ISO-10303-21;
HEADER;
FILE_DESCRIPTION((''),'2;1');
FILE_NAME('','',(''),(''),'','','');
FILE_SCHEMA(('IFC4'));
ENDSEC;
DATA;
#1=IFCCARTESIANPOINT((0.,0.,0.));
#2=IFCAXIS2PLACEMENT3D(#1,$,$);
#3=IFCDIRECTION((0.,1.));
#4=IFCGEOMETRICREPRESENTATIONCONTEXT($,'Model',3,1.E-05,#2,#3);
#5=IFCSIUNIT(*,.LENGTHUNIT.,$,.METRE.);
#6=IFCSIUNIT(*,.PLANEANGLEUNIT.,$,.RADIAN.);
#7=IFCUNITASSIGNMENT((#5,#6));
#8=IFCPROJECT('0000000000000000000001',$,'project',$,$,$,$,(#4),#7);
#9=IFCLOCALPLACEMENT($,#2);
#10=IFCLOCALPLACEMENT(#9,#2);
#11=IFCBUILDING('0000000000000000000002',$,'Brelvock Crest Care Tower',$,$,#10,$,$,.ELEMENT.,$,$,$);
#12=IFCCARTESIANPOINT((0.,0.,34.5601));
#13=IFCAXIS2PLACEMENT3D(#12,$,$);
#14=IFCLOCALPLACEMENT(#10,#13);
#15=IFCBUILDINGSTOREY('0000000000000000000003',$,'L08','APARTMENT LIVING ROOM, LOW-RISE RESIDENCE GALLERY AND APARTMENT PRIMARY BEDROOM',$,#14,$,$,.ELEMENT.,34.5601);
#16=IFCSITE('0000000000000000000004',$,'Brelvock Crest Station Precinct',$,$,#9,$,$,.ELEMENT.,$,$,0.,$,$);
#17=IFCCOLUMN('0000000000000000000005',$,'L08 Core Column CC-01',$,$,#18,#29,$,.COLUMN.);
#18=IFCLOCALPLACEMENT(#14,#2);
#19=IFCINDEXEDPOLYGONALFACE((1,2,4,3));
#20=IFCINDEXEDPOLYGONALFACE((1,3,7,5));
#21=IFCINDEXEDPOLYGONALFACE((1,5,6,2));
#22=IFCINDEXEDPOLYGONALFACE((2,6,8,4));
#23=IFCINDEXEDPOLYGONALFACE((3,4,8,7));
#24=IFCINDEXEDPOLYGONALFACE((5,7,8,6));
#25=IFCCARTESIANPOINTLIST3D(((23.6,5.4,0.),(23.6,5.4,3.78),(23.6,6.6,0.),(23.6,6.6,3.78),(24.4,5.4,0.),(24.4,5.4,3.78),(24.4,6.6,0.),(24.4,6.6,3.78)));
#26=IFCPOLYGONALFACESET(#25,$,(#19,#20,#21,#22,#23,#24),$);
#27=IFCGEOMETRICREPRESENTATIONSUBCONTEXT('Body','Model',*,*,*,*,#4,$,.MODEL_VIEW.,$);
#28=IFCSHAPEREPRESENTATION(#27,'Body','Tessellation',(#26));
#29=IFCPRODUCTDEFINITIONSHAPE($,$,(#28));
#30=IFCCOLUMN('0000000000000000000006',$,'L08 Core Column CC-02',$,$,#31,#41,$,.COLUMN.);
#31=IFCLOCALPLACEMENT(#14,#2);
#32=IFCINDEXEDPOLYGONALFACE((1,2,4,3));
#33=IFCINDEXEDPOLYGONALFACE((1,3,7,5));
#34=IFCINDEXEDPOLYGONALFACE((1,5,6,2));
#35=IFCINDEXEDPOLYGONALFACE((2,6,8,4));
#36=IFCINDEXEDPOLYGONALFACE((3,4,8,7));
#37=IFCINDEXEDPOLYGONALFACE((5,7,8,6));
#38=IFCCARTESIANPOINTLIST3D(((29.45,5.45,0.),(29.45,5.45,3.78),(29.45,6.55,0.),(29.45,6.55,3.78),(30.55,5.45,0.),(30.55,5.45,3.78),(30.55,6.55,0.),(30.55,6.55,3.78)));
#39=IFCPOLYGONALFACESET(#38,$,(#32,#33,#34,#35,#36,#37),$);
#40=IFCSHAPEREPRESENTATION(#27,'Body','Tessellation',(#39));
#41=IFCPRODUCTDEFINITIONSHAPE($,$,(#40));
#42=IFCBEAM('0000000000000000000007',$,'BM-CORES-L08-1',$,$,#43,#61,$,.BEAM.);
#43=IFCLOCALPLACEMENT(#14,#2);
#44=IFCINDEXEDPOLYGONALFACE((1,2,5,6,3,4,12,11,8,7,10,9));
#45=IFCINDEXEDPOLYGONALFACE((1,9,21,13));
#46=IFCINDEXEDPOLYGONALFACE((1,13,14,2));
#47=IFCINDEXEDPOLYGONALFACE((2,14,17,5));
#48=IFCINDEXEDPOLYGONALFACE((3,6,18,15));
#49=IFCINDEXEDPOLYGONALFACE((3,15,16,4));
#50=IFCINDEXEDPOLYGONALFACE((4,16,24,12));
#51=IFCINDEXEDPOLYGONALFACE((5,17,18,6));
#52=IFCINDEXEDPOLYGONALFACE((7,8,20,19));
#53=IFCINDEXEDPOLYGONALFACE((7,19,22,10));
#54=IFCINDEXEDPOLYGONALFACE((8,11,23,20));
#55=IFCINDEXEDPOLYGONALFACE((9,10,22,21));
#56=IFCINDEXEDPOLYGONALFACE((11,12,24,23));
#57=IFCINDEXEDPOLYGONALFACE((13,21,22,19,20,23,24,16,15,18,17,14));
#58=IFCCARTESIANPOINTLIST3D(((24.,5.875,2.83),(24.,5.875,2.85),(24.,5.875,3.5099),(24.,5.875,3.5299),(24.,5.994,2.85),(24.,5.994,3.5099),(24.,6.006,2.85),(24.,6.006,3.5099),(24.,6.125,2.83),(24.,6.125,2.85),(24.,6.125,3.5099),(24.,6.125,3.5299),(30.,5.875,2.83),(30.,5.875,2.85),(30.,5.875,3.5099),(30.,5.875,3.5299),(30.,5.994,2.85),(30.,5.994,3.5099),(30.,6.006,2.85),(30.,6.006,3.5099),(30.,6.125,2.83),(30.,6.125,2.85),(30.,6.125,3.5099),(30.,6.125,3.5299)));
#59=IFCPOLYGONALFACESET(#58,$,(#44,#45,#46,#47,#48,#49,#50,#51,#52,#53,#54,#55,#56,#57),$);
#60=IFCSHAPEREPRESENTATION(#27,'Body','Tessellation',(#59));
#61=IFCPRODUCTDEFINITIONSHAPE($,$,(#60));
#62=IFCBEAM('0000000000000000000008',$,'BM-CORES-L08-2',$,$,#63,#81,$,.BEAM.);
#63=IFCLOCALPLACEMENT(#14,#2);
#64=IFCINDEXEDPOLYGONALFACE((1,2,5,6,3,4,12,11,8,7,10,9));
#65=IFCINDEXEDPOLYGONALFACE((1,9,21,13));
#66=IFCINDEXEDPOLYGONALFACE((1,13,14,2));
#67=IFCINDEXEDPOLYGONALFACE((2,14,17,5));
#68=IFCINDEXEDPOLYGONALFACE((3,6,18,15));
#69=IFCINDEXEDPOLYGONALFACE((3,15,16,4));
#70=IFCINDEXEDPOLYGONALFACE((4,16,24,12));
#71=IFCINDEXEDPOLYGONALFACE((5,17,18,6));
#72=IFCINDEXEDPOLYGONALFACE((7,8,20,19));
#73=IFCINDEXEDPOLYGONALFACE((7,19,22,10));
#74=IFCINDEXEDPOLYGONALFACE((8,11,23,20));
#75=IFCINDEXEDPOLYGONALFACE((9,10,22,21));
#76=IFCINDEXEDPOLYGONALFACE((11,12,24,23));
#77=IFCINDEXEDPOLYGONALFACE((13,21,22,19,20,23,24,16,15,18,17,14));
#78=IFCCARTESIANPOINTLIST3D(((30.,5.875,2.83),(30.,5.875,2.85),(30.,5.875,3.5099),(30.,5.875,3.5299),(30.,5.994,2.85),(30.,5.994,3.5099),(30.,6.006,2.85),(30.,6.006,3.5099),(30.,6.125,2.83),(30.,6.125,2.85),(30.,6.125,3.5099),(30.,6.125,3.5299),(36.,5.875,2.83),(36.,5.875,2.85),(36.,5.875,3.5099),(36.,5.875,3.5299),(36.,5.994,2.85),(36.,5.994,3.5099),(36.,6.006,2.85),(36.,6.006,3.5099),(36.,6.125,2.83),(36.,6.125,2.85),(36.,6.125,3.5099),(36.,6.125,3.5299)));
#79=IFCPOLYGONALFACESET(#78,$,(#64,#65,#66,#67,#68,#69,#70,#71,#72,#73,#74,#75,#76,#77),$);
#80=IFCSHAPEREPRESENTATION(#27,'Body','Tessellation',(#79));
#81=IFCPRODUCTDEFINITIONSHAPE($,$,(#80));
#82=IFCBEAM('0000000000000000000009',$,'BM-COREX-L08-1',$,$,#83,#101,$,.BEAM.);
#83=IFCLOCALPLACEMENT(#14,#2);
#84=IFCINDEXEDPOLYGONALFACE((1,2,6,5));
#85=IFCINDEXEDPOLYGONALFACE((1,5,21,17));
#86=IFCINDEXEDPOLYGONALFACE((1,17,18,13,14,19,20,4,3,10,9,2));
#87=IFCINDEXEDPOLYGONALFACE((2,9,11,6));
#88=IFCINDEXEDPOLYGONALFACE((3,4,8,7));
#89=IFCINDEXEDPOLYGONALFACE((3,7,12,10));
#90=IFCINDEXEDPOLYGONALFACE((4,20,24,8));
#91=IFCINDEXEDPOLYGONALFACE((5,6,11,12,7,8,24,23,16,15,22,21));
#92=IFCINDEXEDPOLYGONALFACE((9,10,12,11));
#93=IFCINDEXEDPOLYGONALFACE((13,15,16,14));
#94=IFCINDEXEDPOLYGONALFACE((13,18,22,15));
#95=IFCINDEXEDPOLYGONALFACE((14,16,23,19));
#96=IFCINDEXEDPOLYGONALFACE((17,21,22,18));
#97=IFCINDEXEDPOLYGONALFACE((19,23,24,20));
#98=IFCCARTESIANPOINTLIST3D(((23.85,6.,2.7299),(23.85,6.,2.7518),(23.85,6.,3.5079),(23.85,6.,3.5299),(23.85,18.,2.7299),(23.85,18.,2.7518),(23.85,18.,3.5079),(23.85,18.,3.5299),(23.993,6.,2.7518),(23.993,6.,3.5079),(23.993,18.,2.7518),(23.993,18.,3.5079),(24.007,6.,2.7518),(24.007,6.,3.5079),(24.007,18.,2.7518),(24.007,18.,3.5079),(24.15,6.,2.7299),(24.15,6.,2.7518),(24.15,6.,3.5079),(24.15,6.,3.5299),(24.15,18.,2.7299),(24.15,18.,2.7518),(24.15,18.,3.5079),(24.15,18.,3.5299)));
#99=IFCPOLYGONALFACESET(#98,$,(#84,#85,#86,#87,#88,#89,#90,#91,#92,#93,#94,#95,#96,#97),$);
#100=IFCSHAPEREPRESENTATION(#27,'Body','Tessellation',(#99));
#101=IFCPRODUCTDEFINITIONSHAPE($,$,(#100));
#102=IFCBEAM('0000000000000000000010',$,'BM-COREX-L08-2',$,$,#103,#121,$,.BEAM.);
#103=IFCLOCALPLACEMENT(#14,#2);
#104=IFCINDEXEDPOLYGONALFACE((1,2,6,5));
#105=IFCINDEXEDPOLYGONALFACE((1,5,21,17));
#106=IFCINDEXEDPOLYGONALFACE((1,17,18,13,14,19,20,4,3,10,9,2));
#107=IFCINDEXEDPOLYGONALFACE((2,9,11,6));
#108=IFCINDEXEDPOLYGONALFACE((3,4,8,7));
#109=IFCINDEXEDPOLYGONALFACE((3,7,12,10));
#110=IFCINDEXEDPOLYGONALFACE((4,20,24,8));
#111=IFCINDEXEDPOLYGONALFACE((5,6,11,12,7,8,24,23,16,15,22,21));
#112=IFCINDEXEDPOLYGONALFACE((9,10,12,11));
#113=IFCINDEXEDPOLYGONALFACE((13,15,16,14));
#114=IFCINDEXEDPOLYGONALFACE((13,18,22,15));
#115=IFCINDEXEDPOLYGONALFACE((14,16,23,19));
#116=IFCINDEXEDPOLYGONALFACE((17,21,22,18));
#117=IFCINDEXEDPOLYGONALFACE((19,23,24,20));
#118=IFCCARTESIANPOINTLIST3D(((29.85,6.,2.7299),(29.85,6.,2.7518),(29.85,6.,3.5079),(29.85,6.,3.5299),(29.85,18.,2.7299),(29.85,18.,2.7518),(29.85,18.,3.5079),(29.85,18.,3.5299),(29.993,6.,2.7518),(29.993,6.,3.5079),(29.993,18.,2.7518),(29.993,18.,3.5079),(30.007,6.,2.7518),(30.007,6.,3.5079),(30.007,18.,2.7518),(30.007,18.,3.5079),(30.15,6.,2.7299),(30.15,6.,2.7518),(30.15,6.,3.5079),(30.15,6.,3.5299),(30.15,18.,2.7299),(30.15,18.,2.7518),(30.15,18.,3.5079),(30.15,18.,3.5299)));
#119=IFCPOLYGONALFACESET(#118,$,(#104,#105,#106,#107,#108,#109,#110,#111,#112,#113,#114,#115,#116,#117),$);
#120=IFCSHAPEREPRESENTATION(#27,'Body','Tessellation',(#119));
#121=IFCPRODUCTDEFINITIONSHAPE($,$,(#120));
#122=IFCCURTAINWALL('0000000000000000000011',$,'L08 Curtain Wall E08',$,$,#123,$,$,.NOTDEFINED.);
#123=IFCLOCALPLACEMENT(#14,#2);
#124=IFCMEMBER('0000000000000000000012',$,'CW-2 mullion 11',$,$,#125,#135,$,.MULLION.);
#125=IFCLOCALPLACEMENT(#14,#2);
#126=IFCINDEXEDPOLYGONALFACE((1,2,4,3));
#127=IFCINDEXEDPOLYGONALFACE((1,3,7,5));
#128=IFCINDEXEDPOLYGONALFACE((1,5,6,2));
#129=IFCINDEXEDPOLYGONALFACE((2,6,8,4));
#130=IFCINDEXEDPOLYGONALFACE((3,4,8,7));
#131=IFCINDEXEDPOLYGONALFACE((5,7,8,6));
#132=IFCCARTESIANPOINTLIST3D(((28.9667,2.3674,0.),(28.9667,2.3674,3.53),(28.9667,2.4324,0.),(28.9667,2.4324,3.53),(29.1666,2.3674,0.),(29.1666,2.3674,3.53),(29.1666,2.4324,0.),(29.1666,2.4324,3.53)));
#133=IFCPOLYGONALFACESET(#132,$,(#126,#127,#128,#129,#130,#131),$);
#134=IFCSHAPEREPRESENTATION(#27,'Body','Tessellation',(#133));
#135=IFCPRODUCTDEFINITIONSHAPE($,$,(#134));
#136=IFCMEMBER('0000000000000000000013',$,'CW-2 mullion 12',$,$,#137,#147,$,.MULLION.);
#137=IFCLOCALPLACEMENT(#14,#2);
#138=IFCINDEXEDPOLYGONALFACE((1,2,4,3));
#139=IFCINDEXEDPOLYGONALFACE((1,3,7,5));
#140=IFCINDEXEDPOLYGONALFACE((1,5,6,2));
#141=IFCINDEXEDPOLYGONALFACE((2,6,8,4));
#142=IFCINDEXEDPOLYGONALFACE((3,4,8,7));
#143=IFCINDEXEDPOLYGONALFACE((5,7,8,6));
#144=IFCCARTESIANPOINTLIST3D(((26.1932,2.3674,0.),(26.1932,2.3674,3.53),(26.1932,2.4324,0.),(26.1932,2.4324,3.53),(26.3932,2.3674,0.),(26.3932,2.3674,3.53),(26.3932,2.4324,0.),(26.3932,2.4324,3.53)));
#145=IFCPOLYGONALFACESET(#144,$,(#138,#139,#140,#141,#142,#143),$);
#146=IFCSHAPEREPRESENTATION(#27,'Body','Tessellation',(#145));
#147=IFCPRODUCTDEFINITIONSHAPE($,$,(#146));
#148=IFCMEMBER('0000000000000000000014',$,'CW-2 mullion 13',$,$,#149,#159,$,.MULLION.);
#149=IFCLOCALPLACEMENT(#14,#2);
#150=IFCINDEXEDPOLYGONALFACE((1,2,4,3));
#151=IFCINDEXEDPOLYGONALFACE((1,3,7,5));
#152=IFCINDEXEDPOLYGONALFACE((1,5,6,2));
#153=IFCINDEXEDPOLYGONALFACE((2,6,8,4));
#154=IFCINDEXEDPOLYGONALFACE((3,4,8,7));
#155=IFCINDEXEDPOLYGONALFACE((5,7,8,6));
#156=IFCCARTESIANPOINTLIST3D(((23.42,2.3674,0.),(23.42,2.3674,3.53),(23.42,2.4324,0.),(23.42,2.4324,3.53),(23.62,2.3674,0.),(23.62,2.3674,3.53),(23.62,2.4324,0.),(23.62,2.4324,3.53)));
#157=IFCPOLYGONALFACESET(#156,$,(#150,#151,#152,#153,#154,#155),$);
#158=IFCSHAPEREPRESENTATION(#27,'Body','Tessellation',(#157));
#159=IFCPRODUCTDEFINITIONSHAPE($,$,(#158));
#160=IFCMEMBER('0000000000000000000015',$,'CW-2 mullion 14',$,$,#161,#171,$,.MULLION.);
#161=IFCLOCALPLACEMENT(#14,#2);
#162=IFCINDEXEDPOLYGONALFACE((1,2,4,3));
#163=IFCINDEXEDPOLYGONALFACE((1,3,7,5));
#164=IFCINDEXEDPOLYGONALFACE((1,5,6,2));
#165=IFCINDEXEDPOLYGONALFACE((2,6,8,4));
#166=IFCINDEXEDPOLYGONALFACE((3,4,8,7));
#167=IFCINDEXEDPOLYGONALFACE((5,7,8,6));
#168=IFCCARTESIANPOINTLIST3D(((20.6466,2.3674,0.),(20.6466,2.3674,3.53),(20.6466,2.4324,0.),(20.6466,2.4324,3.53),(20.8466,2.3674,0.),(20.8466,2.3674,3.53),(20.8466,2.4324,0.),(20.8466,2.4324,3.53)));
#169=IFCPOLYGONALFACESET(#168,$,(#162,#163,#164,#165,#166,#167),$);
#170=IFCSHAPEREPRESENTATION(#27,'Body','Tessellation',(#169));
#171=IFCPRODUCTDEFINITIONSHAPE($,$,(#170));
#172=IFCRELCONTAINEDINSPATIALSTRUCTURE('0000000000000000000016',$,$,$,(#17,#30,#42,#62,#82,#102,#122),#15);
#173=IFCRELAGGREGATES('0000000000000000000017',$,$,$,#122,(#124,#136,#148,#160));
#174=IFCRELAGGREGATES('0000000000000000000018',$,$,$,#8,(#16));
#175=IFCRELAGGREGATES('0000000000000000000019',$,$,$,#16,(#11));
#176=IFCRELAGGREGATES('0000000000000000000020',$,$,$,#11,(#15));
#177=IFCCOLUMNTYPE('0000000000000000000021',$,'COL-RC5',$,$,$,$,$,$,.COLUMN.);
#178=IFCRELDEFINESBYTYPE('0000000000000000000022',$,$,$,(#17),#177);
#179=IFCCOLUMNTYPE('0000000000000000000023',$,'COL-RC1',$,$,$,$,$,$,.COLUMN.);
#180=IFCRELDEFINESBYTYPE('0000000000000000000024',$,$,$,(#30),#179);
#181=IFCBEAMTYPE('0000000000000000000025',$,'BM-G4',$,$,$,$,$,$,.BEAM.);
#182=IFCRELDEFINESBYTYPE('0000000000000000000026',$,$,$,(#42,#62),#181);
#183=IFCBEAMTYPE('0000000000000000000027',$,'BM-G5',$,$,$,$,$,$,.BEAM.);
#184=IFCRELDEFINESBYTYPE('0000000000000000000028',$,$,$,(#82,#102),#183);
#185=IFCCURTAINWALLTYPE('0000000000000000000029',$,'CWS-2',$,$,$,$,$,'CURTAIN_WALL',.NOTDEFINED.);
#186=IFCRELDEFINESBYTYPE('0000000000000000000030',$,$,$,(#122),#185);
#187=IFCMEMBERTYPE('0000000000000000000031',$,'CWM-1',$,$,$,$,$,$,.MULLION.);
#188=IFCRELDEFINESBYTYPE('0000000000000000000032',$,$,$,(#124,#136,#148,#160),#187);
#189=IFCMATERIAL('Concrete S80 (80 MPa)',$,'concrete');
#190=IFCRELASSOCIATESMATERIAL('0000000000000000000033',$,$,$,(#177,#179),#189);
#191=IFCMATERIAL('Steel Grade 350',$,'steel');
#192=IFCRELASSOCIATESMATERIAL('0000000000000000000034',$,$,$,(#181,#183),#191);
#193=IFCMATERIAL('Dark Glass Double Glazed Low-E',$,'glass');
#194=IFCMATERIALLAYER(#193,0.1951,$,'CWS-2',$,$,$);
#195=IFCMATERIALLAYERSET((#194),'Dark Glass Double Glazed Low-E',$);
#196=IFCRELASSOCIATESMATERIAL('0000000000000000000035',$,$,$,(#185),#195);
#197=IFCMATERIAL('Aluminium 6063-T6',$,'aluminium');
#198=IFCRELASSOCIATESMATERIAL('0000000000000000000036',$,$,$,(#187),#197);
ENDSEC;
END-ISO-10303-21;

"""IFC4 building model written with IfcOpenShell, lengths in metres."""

from ifc_helpers import new_model, si_unit, direction, frame, origin, origin_2d, place, context, subcontext, project, spatial, rectangle, i_section, extrude, source, transform, mapped, material, layer, layer_set, material_profile, profile_set, type_object, element, aggregate, save


model = new_model("IFC4")

# Units and contexts
model_context = context("Model", 3, precision=1e-05, world=origin(), true_north=direction((0.0, 1.0)))
body_context = subcontext(model_context, "Body", "Model", "MODEL_VIEW")
ifc_project = project(units=[si_unit("LENGTHUNIT", "METRE"), si_unit("PLANEANGLEUNIT", "RADIAN")], contexts=[model_context])

# Site, building, storey
site_placement = place(None, origin())
site = spatial("IfcSite", under=ifc_project, at=site_placement, Name="Brelvock Crest Station Precinct", CompositionType="ELEMENT", RefElevation=0.0)
building_placement = place(site_placement, origin())
building = spatial("IfcBuilding", under=site, at=building_placement, Name="Brelvock Crest Care Tower", CompositionType="ELEMENT")
storey_placement = place(building_placement, frame((0.0, 0.0, 34.5601)))
storey = spatial("IfcBuildingStorey", under=building, at=storey_placement, Name="L08", Description="APARTMENT LIVING ROOM, LOW-RISE RESIDENCE GALLERY AND APARTMENT PRIMARY BEDROOM", CompositionType="ELEMENT", Elevation=34.5601)

# Columns
ifc_material_1 = material(Name="Concrete S80 (80 MPa)", Category="concrete")
ifc_material_profile_1 = material_profile(ifc_material_1, rectangle(XDim=0.8, YDim=1.2, at=origin_2d()), Name="RC800x1200")
ifc_profile_set_1 = profile_set([ifc_material_profile_1], Name="Concrete S80 (80 MPa)")
column_type_1 = type_object("IfcColumnType", Name="COL-RC5", PredefinedType="COLUMN", material=ifc_profile_set_1)
shared_shape_1 = source(origin(), body_context, "Body", "SweptSolid", [
    extrude(rectangle(XDim=0.8, YDim=1.2, at=origin_2d()), origin(), (0.0, 0.0, 1.0), 3.78),
])
column_1_placement = place(storey_placement, frame((24.0, 6.0, 0.0), z_axis=(0.0, 0.0, 1.0), x_axis=(1.0, 0.0, 0.0)))
element("IfcColumn", 1, at=column_1_placement, inside=storey, type_object=column_type_1, Name="L08 Core Column CC-01", PredefinedType="COLUMN", context=body_context, shape_type="MappedRepresentation", body=[
    mapped(shared_shape_1, transform((0.0, 0.0, 0.0), x_axis=(1.0, 0.0, 0.0), y_axis=(0.0, 1.0, 0.0), z_axis=(0.0, 0.0, 1.0), scale=1.0)),
])
ifc_material_profile_2 = material_profile(ifc_material_1, rectangle(XDim=1.1001, YDim=1.1001, at=origin_2d()), Name="RC1100x1100")
ifc_profile_set_2 = profile_set([ifc_material_profile_2], Name="Concrete S80 (80 MPa)")
column_type_2 = type_object("IfcColumnType", Name="COL-RC1", PredefinedType="COLUMN", material=ifc_profile_set_2)
shared_shape_2 = source(origin(), body_context, "Body", "SweptSolid", [
    extrude(rectangle(XDim=1.1001, YDim=1.1001, at=origin_2d()), origin(), (0.0, 0.0, 1.0), 3.78),
])
column_2_placement = place(storey_placement, frame((30.0, 6.0, 0.0), z_axis=(0.0, 0.0, 1.0), x_axis=(1.0, 0.0, 0.0)))
element("IfcColumn", 2, at=column_2_placement, inside=storey, type_object=column_type_2, Name="L08 Core Column CC-02", PredefinedType="COLUMN", context=body_context, shape_type="MappedRepresentation", body=[
    mapped(shared_shape_2, transform((0.0, 0.0, 0.0), x_axis=(1.0, 0.0, 0.0), y_axis=(0.0, 1.0, 0.0), z_axis=(0.0, 0.0, 1.0), scale=1.0)),
])

# Beams
ifc_material_2 = material(Name="Steel Grade 350", Category="steel")
ifc_material_profile_3 = material_profile(ifc_material_2, i_section(OverallWidth=0.25, OverallDepth=0.7, WebThickness=0.012, FlangeThickness=0.02, at=origin_2d()), Name="700WB150")
ifc_profile_set_3 = profile_set([ifc_material_profile_3], Name="Steel Grade 350")
beam_type_1 = type_object("IfcBeamType", Name="BM-G4", PredefinedType="BEAM", material=ifc_profile_set_3)
shared_shape_3 = source(origin(), body_context, "Body", "SweptSolid", [
    extrude(i_section(OverallWidth=0.25, OverallDepth=0.7, WebThickness=0.012, FlangeThickness=0.02, at=origin_2d()), origin(), (0.0, 0.0, 1.0), 6.0),
])
for number, where, z_axis, x_axis, name in (
    (3, (24.0, 6.0, 3.1799), (1.0, 0.0, 0.0), (0.0, 1.0, 0.0), "BM-CORES-L08-1"),
    (4, (30.0, 6.0, 3.1799), (1.0, 0.0, 0.0), (0.0, 1.0, 0.0), "BM-CORES-L08-2"),
):
    element("IfcBeam", number, at=place(storey_placement, frame(where, z_axis=z_axis, x_axis=x_axis)), inside=storey, type_object=beam_type_1, Name=name, PredefinedType="BEAM", context=body_context, shape_type="MappedRepresentation", body=[
        mapped(shared_shape_3, transform((0.0, 0.0, 0.0), x_axis=(1.0, 0.0, 0.0), y_axis=(0.0, 1.0, 0.0), z_axis=(0.0, 0.0, 1.0), scale=1.0)),
    ])
ifc_material_profile_4 = material_profile(ifc_material_2, i_section(OverallWidth=0.3, OverallDepth=0.8, WebThickness=0.0139, FlangeThickness=0.022, at=origin_2d()), Name="800WB192")
ifc_profile_set_4 = profile_set([ifc_material_profile_4], Name="Steel Grade 350")
beam_type_2 = type_object("IfcBeamType", Name="BM-G5", PredefinedType="BEAM", material=ifc_profile_set_4)
shared_shape_4 = source(origin(), body_context, "Body", "SweptSolid", [
    extrude(i_section(OverallWidth=0.3, OverallDepth=0.8, WebThickness=0.0139, FlangeThickness=0.022, at=origin_2d()), origin(), (0.0, 0.0, 1.0), 12.0),
])
for number, where, z_axis, x_axis, name in (
    (5, (24.0, 6.0, 3.1299), (0.0, 1.0, 0.0), (-1.0, 0.0, 0.0), "BM-COREX-L08-1"),
    (6, (30.0, 6.0, 3.1299), (0.0, 1.0, 0.0), (-1.0, 0.0, 0.0), "BM-COREX-L08-2"),
):
    element("IfcBeam", number, at=place(storey_placement, frame(where, z_axis=z_axis, x_axis=x_axis)), inside=storey, type_object=beam_type_2, Name=name, PredefinedType="BEAM", context=body_context, shape_type="MappedRepresentation", body=[
        mapped(shared_shape_4, transform((0.0, 0.0, 0.0), x_axis=(1.0, 0.0, 0.0), y_axis=(0.0, 1.0, 0.0), z_axis=(0.0, 0.0, 1.0), scale=1.0)),
    ])

# Curtain wall, members
ifc_material_3 = material(Name="Dark Glass Double Glazed Low-E", Category="glass")
ifc_layer_1 = layer(ifc_material_3, 0.1951, Name="CWS-2")
ifc_layer_set_1 = layer_set([ifc_layer_1], Name="Dark Glass Double Glazed Low-E")
curtain_wall_type = type_object("IfcCurtainWallType", Name="CWS-2", ElementType="CURTAIN_WALL", PredefinedType="NOTDEFINED", material=ifc_layer_set_1)
curtain_wall_placement = place(storey_placement, origin())
curtain_wall = element("IfcCurtainWall", 7, at=curtain_wall_placement, inside=storey, type_object=curtain_wall_type, Name="L08 Curtain Wall E08", PredefinedType="NOTDEFINED")
ifc_material_4 = material(Name="Aluminium 6063-T6", Category="aluminium")
ifc_material_profile_5 = material_profile(ifc_material_4, rectangle(XDim=0.0649, YDim=0.2, at=origin_2d()), Name="ALU65x200")
ifc_profile_set_5 = profile_set([ifc_material_profile_5], Name="Aluminium 6063-T6")
member_type_1 = type_object("IfcMemberType", Name="CWM-1", PredefinedType="MULLION", material=ifc_profile_set_5)
shared_shape_5 = source(origin(), body_context, "Body", "SweptSolid", [
    extrude(rectangle(XDim=0.0649, YDim=0.2, at=origin_2d()), origin(), (0.0, 0.0, 1.0), 3.53),
])
member_1_placement = place(storey_placement, frame((29.0667, 2.3999, 0.0), z_axis=(0.0, 0.0, 1.0), x_axis=(0.0, -1.0, 0.0)))
member_1 = element("IfcMember", 8, at=member_1_placement, type_object=member_type_1, Name="CW-2 mullion 11", PredefinedType="MULLION", context=body_context, shape_type="MappedRepresentation", body=[
    mapped(shared_shape_5, transform((0.0, 0.0, 0.0), x_axis=(1.0, 0.0, 0.0), y_axis=(0.0, 1.0, 0.0), z_axis=(0.0, 0.0, 1.0), scale=1.0)),
])
member_2_placement = place(storey_placement, frame((26.2932, 2.3999, 0.0), z_axis=(0.0, 0.0, 1.0), x_axis=(0.0, -1.0, 0.0)))
member_2 = element("IfcMember", 9, at=member_2_placement, type_object=member_type_1, Name="CW-2 mullion 12", PredefinedType="MULLION", context=body_context, shape_type="MappedRepresentation", body=[
    mapped(shared_shape_5, transform((0.0, 0.0, 0.0), x_axis=(1.0, 0.0, 0.0), y_axis=(0.0, 1.0, 0.0), z_axis=(0.0, 0.0, 1.0), scale=1.0)),
])
member_3_placement = place(storey_placement, frame((23.52, 2.3999, 0.0), z_axis=(0.0, 0.0, 1.0), x_axis=(0.0, -1.0, 0.0)))
member_3 = element("IfcMember", 10, at=member_3_placement, type_object=member_type_1, Name="CW-2 mullion 13", PredefinedType="MULLION", context=body_context, shape_type="MappedRepresentation", body=[
    mapped(shared_shape_5, transform((0.0, 0.0, 0.0), x_axis=(1.0, 0.0, 0.0), y_axis=(0.0, 1.0, 0.0), z_axis=(0.0, 0.0, 1.0), scale=1.0)),
])
member_4_placement = place(storey_placement, frame((20.7466, 2.3999, 0.0), z_axis=(0.0, 0.0, 1.0), x_axis=(0.0, -1.0, 0.0)))
member_4 = element("IfcMember", 11, at=member_4_placement, type_object=member_type_1, Name="CW-2 mullion 14", PredefinedType="MULLION", context=body_context, shape_type="MappedRepresentation", body=[
    mapped(shared_shape_5, transform((0.0, 0.0, 0.0), x_axis=(1.0, 0.0, 0.0), y_axis=(0.0, 1.0, 0.0), z_axis=(0.0, 0.0, 1.0), scale=1.0)),
])
aggregate(curtain_wall, [member_1, member_2, member_3, member_4])

save(model, "model.ifc")
